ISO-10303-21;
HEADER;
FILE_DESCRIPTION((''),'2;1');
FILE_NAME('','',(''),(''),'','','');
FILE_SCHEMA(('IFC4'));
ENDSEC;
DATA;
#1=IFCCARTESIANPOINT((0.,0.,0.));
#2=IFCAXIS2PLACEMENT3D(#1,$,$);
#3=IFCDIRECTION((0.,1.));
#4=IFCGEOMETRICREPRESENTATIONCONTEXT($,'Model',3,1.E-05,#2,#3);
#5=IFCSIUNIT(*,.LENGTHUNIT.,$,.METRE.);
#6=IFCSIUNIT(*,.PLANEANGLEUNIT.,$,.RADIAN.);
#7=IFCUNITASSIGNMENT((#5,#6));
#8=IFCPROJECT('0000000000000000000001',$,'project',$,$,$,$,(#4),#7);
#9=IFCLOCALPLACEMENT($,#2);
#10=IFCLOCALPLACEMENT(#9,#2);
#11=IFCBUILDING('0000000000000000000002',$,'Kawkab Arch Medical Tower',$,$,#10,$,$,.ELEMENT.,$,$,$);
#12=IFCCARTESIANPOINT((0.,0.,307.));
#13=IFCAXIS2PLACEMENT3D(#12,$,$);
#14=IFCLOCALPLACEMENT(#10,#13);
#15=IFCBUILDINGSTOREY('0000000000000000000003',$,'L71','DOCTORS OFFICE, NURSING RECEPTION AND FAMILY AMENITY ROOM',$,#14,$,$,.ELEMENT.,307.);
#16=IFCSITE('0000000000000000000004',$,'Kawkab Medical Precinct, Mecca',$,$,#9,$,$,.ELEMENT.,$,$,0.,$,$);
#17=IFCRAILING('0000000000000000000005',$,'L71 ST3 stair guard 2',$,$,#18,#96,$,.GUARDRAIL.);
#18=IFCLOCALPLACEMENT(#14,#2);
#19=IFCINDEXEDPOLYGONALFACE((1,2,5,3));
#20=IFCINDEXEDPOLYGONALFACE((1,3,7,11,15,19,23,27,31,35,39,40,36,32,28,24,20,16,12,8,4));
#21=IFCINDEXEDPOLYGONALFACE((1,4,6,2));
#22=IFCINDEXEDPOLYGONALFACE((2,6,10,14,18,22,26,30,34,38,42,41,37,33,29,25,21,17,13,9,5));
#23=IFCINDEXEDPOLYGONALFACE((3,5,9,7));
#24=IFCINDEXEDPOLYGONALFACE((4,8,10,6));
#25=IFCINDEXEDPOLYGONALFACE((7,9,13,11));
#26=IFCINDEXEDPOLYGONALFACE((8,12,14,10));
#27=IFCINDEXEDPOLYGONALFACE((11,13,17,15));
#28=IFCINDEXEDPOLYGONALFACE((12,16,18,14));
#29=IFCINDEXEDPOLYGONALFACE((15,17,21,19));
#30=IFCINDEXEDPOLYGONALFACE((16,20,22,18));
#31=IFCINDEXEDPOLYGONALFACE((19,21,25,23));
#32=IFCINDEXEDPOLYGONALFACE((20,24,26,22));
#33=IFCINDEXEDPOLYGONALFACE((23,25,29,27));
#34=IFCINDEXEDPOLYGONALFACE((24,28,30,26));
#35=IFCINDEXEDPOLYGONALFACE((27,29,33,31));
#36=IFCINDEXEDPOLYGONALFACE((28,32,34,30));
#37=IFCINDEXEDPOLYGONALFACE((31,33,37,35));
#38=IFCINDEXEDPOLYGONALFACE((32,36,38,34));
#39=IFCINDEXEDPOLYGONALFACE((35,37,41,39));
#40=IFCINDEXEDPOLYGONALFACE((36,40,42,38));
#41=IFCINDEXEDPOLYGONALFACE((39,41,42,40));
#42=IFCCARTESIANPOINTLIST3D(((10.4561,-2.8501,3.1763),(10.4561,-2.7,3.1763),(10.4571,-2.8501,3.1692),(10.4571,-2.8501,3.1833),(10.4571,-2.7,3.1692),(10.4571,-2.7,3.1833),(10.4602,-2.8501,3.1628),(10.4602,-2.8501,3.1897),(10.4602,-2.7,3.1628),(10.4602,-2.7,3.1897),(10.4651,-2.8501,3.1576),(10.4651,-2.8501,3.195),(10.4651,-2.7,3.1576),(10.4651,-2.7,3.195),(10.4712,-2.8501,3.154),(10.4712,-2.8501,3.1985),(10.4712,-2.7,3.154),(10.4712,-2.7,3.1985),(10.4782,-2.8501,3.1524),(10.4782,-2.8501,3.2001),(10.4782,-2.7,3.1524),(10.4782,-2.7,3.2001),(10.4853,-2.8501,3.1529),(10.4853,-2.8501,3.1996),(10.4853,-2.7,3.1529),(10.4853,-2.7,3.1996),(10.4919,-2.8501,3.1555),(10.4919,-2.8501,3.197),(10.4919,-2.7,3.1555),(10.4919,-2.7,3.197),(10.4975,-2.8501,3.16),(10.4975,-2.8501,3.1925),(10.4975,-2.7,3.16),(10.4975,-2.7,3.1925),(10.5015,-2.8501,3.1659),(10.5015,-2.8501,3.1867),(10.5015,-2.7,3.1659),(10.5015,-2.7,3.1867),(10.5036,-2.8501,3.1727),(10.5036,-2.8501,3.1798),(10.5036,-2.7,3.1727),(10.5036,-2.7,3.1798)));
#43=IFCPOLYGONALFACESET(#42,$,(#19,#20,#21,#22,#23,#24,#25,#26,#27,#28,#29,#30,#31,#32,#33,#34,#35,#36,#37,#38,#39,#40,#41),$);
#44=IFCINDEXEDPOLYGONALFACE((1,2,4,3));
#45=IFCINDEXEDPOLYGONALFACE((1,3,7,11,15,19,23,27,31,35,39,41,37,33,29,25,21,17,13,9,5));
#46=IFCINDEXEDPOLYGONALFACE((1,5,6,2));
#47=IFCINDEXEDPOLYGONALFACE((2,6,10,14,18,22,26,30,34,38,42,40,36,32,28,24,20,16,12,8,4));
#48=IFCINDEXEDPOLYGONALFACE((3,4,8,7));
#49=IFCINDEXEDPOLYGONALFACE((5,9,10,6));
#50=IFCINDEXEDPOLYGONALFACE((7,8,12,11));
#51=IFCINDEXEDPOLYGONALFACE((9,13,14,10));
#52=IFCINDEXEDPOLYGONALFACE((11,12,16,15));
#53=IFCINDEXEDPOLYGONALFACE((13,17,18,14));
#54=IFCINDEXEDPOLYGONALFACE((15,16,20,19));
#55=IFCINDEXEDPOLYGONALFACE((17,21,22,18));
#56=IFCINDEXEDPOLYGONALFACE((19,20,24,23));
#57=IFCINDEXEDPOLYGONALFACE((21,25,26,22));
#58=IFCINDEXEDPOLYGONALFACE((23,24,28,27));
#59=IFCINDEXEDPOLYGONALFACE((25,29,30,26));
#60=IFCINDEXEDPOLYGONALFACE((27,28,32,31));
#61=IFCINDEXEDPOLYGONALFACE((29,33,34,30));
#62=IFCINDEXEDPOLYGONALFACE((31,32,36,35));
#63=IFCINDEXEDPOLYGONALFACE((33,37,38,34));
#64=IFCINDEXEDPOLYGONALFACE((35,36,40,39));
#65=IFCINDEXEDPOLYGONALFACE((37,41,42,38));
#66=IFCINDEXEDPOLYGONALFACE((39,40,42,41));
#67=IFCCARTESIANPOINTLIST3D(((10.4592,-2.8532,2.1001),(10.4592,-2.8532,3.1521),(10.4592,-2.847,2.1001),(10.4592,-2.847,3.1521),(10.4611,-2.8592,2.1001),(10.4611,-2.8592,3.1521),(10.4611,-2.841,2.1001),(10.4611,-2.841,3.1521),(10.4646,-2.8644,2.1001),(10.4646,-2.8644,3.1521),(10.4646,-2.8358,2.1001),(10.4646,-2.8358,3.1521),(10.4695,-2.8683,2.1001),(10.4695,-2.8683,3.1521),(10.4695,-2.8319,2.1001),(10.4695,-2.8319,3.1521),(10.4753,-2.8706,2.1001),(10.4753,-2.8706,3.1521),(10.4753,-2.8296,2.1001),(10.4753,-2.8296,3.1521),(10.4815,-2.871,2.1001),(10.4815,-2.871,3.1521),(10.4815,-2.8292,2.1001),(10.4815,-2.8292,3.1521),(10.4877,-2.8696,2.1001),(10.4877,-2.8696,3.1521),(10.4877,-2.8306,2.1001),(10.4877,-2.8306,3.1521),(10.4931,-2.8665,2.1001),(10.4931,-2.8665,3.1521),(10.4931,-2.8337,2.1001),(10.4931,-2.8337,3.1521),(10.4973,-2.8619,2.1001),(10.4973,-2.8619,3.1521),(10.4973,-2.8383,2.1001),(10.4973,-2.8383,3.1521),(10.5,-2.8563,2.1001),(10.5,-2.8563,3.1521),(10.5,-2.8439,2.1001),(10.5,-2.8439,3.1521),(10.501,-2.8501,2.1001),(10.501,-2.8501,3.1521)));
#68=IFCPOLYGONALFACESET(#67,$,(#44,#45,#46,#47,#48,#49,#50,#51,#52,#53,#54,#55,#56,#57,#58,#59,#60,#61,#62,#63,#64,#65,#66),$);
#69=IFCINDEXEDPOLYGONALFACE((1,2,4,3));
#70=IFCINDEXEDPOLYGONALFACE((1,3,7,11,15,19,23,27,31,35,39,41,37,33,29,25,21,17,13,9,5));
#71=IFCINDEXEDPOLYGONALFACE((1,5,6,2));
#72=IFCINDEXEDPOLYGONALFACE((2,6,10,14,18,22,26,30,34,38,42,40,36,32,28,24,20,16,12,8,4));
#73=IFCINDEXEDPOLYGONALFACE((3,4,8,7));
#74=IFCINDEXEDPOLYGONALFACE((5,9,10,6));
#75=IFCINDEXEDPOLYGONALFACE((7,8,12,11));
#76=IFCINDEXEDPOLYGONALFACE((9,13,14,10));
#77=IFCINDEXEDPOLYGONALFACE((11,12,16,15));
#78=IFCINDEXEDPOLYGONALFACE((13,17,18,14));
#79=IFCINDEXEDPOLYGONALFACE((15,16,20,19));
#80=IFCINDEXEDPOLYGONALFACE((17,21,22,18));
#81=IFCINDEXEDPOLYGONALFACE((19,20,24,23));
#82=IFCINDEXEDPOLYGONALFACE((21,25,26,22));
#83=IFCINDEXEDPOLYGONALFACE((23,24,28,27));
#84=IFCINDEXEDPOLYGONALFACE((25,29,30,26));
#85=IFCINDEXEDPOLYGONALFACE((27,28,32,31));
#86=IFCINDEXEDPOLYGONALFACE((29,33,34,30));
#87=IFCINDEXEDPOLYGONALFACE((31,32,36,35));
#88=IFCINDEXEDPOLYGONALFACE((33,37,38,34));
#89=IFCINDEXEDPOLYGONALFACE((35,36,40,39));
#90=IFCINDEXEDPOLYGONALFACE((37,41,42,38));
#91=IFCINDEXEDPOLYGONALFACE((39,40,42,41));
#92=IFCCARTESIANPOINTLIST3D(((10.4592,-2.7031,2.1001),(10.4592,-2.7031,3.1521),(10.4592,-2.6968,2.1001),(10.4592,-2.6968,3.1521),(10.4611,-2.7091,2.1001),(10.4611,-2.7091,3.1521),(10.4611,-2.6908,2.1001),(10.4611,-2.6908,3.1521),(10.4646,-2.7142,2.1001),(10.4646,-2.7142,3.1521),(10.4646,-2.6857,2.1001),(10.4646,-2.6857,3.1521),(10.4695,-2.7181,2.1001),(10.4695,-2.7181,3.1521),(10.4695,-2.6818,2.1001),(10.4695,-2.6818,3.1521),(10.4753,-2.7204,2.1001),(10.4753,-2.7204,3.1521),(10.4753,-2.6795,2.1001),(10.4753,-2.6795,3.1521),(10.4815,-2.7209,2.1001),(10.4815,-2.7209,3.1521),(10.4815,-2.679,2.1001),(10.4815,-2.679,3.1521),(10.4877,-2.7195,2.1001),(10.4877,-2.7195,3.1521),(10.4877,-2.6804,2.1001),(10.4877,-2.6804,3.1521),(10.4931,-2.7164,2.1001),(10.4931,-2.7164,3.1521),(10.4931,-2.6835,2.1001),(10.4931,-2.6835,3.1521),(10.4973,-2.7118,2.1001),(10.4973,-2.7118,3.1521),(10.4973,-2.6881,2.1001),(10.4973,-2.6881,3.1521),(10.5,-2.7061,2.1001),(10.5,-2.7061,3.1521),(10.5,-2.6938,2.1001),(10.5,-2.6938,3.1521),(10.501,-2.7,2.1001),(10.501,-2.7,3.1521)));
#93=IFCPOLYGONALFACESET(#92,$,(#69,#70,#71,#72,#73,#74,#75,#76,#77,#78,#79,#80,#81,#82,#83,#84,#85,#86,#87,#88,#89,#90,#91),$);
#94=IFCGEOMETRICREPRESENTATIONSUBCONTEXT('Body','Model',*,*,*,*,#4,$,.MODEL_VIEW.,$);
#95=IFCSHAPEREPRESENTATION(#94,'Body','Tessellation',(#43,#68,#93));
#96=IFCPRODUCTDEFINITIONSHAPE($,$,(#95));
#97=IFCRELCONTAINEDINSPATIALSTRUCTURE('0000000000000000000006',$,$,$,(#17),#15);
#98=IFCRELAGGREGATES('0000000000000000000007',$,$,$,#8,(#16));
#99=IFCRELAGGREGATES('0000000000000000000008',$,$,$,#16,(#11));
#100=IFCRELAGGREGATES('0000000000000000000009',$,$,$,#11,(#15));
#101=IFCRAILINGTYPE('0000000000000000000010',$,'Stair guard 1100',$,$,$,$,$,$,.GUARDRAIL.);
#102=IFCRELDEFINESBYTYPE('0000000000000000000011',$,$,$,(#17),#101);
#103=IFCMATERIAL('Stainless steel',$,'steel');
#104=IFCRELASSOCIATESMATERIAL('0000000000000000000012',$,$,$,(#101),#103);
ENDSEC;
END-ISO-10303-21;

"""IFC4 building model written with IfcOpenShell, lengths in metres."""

from ifc_helpers import new_model, si_unit, direction, frame, origin, origin_2d, place, context, subcontext, project, spatial, circle, extrude, material, type_object, element, save


model = new_model("IFC4")

# Units and contexts
model_context = context("Model", 3, precision=1e-05, world=origin(), true_north=direction((0.0, 1.0)))
body_context = subcontext(model_context, "Body", "Model", "MODEL_VIEW")
ifc_project = project(units=[si_unit("LENGTHUNIT", "METRE"), si_unit("PLANEANGLEUNIT", "RADIAN")], contexts=[model_context])

# Site, building, storey
site_placement = place(None, origin())
site = spatial("IfcSite", under=ifc_project, at=site_placement, Name="Kawkab Medical Precinct, Mecca", CompositionType="ELEMENT", RefElevation=0.0)
building_placement = place(site_placement, origin())
building = spatial("IfcBuilding", under=site, at=building_placement, Name="Kawkab Arch Medical Tower", CompositionType="ELEMENT")
storey_placement = place(building_placement, frame((0.0, 0.0, 307.0)))
storey = spatial("IfcBuildingStorey", under=building, at=storey_placement, Name="L71", Description="DOCTORS OFFICE, NURSING RECEPTION AND FAMILY AMENITY ROOM", CompositionType="ELEMENT", Elevation=307.0)

# Railing
ifc_material_1 = material(Name="Stainless steel", Category="steel")
railing_type_1 = type_object("IfcRailingType", Name="Stair guard 1100", PredefinedType="GUARDRAIL", material=ifc_material_1)
railing_1_placement = place(storey_placement, frame((10.48, -2.8501, 2.1001)))
element("IfcRailing", 1, at=railing_1_placement, inside=storey, type_object=railing_type_1, Name="L71 ST3 stair guard 2", PredefinedType="GUARDRAIL", context=body_context, shape_type="SweptSolid", body=[
    extrude(circle(Radius=0.0239, at=origin_2d()), frame((0.0, 0.0, 1.0762), z_axis=(0.0, 1.0, 0.0), x_axis=(-1.0, 0.0, 0.0)), (0.0, 0.0, 1.0), 0.1501),
    extrude(circle(Radius=0.021, at=origin_2d()), origin(), (0.0, 0.0, 1.0), 1.052),
    extrude(circle(Radius=0.021, at=origin_2d()), frame((0.0, 0.1501, 0.0)), (0.0, 0.0, 1.0), 1.052),
])

save(model, "model.ifc")
